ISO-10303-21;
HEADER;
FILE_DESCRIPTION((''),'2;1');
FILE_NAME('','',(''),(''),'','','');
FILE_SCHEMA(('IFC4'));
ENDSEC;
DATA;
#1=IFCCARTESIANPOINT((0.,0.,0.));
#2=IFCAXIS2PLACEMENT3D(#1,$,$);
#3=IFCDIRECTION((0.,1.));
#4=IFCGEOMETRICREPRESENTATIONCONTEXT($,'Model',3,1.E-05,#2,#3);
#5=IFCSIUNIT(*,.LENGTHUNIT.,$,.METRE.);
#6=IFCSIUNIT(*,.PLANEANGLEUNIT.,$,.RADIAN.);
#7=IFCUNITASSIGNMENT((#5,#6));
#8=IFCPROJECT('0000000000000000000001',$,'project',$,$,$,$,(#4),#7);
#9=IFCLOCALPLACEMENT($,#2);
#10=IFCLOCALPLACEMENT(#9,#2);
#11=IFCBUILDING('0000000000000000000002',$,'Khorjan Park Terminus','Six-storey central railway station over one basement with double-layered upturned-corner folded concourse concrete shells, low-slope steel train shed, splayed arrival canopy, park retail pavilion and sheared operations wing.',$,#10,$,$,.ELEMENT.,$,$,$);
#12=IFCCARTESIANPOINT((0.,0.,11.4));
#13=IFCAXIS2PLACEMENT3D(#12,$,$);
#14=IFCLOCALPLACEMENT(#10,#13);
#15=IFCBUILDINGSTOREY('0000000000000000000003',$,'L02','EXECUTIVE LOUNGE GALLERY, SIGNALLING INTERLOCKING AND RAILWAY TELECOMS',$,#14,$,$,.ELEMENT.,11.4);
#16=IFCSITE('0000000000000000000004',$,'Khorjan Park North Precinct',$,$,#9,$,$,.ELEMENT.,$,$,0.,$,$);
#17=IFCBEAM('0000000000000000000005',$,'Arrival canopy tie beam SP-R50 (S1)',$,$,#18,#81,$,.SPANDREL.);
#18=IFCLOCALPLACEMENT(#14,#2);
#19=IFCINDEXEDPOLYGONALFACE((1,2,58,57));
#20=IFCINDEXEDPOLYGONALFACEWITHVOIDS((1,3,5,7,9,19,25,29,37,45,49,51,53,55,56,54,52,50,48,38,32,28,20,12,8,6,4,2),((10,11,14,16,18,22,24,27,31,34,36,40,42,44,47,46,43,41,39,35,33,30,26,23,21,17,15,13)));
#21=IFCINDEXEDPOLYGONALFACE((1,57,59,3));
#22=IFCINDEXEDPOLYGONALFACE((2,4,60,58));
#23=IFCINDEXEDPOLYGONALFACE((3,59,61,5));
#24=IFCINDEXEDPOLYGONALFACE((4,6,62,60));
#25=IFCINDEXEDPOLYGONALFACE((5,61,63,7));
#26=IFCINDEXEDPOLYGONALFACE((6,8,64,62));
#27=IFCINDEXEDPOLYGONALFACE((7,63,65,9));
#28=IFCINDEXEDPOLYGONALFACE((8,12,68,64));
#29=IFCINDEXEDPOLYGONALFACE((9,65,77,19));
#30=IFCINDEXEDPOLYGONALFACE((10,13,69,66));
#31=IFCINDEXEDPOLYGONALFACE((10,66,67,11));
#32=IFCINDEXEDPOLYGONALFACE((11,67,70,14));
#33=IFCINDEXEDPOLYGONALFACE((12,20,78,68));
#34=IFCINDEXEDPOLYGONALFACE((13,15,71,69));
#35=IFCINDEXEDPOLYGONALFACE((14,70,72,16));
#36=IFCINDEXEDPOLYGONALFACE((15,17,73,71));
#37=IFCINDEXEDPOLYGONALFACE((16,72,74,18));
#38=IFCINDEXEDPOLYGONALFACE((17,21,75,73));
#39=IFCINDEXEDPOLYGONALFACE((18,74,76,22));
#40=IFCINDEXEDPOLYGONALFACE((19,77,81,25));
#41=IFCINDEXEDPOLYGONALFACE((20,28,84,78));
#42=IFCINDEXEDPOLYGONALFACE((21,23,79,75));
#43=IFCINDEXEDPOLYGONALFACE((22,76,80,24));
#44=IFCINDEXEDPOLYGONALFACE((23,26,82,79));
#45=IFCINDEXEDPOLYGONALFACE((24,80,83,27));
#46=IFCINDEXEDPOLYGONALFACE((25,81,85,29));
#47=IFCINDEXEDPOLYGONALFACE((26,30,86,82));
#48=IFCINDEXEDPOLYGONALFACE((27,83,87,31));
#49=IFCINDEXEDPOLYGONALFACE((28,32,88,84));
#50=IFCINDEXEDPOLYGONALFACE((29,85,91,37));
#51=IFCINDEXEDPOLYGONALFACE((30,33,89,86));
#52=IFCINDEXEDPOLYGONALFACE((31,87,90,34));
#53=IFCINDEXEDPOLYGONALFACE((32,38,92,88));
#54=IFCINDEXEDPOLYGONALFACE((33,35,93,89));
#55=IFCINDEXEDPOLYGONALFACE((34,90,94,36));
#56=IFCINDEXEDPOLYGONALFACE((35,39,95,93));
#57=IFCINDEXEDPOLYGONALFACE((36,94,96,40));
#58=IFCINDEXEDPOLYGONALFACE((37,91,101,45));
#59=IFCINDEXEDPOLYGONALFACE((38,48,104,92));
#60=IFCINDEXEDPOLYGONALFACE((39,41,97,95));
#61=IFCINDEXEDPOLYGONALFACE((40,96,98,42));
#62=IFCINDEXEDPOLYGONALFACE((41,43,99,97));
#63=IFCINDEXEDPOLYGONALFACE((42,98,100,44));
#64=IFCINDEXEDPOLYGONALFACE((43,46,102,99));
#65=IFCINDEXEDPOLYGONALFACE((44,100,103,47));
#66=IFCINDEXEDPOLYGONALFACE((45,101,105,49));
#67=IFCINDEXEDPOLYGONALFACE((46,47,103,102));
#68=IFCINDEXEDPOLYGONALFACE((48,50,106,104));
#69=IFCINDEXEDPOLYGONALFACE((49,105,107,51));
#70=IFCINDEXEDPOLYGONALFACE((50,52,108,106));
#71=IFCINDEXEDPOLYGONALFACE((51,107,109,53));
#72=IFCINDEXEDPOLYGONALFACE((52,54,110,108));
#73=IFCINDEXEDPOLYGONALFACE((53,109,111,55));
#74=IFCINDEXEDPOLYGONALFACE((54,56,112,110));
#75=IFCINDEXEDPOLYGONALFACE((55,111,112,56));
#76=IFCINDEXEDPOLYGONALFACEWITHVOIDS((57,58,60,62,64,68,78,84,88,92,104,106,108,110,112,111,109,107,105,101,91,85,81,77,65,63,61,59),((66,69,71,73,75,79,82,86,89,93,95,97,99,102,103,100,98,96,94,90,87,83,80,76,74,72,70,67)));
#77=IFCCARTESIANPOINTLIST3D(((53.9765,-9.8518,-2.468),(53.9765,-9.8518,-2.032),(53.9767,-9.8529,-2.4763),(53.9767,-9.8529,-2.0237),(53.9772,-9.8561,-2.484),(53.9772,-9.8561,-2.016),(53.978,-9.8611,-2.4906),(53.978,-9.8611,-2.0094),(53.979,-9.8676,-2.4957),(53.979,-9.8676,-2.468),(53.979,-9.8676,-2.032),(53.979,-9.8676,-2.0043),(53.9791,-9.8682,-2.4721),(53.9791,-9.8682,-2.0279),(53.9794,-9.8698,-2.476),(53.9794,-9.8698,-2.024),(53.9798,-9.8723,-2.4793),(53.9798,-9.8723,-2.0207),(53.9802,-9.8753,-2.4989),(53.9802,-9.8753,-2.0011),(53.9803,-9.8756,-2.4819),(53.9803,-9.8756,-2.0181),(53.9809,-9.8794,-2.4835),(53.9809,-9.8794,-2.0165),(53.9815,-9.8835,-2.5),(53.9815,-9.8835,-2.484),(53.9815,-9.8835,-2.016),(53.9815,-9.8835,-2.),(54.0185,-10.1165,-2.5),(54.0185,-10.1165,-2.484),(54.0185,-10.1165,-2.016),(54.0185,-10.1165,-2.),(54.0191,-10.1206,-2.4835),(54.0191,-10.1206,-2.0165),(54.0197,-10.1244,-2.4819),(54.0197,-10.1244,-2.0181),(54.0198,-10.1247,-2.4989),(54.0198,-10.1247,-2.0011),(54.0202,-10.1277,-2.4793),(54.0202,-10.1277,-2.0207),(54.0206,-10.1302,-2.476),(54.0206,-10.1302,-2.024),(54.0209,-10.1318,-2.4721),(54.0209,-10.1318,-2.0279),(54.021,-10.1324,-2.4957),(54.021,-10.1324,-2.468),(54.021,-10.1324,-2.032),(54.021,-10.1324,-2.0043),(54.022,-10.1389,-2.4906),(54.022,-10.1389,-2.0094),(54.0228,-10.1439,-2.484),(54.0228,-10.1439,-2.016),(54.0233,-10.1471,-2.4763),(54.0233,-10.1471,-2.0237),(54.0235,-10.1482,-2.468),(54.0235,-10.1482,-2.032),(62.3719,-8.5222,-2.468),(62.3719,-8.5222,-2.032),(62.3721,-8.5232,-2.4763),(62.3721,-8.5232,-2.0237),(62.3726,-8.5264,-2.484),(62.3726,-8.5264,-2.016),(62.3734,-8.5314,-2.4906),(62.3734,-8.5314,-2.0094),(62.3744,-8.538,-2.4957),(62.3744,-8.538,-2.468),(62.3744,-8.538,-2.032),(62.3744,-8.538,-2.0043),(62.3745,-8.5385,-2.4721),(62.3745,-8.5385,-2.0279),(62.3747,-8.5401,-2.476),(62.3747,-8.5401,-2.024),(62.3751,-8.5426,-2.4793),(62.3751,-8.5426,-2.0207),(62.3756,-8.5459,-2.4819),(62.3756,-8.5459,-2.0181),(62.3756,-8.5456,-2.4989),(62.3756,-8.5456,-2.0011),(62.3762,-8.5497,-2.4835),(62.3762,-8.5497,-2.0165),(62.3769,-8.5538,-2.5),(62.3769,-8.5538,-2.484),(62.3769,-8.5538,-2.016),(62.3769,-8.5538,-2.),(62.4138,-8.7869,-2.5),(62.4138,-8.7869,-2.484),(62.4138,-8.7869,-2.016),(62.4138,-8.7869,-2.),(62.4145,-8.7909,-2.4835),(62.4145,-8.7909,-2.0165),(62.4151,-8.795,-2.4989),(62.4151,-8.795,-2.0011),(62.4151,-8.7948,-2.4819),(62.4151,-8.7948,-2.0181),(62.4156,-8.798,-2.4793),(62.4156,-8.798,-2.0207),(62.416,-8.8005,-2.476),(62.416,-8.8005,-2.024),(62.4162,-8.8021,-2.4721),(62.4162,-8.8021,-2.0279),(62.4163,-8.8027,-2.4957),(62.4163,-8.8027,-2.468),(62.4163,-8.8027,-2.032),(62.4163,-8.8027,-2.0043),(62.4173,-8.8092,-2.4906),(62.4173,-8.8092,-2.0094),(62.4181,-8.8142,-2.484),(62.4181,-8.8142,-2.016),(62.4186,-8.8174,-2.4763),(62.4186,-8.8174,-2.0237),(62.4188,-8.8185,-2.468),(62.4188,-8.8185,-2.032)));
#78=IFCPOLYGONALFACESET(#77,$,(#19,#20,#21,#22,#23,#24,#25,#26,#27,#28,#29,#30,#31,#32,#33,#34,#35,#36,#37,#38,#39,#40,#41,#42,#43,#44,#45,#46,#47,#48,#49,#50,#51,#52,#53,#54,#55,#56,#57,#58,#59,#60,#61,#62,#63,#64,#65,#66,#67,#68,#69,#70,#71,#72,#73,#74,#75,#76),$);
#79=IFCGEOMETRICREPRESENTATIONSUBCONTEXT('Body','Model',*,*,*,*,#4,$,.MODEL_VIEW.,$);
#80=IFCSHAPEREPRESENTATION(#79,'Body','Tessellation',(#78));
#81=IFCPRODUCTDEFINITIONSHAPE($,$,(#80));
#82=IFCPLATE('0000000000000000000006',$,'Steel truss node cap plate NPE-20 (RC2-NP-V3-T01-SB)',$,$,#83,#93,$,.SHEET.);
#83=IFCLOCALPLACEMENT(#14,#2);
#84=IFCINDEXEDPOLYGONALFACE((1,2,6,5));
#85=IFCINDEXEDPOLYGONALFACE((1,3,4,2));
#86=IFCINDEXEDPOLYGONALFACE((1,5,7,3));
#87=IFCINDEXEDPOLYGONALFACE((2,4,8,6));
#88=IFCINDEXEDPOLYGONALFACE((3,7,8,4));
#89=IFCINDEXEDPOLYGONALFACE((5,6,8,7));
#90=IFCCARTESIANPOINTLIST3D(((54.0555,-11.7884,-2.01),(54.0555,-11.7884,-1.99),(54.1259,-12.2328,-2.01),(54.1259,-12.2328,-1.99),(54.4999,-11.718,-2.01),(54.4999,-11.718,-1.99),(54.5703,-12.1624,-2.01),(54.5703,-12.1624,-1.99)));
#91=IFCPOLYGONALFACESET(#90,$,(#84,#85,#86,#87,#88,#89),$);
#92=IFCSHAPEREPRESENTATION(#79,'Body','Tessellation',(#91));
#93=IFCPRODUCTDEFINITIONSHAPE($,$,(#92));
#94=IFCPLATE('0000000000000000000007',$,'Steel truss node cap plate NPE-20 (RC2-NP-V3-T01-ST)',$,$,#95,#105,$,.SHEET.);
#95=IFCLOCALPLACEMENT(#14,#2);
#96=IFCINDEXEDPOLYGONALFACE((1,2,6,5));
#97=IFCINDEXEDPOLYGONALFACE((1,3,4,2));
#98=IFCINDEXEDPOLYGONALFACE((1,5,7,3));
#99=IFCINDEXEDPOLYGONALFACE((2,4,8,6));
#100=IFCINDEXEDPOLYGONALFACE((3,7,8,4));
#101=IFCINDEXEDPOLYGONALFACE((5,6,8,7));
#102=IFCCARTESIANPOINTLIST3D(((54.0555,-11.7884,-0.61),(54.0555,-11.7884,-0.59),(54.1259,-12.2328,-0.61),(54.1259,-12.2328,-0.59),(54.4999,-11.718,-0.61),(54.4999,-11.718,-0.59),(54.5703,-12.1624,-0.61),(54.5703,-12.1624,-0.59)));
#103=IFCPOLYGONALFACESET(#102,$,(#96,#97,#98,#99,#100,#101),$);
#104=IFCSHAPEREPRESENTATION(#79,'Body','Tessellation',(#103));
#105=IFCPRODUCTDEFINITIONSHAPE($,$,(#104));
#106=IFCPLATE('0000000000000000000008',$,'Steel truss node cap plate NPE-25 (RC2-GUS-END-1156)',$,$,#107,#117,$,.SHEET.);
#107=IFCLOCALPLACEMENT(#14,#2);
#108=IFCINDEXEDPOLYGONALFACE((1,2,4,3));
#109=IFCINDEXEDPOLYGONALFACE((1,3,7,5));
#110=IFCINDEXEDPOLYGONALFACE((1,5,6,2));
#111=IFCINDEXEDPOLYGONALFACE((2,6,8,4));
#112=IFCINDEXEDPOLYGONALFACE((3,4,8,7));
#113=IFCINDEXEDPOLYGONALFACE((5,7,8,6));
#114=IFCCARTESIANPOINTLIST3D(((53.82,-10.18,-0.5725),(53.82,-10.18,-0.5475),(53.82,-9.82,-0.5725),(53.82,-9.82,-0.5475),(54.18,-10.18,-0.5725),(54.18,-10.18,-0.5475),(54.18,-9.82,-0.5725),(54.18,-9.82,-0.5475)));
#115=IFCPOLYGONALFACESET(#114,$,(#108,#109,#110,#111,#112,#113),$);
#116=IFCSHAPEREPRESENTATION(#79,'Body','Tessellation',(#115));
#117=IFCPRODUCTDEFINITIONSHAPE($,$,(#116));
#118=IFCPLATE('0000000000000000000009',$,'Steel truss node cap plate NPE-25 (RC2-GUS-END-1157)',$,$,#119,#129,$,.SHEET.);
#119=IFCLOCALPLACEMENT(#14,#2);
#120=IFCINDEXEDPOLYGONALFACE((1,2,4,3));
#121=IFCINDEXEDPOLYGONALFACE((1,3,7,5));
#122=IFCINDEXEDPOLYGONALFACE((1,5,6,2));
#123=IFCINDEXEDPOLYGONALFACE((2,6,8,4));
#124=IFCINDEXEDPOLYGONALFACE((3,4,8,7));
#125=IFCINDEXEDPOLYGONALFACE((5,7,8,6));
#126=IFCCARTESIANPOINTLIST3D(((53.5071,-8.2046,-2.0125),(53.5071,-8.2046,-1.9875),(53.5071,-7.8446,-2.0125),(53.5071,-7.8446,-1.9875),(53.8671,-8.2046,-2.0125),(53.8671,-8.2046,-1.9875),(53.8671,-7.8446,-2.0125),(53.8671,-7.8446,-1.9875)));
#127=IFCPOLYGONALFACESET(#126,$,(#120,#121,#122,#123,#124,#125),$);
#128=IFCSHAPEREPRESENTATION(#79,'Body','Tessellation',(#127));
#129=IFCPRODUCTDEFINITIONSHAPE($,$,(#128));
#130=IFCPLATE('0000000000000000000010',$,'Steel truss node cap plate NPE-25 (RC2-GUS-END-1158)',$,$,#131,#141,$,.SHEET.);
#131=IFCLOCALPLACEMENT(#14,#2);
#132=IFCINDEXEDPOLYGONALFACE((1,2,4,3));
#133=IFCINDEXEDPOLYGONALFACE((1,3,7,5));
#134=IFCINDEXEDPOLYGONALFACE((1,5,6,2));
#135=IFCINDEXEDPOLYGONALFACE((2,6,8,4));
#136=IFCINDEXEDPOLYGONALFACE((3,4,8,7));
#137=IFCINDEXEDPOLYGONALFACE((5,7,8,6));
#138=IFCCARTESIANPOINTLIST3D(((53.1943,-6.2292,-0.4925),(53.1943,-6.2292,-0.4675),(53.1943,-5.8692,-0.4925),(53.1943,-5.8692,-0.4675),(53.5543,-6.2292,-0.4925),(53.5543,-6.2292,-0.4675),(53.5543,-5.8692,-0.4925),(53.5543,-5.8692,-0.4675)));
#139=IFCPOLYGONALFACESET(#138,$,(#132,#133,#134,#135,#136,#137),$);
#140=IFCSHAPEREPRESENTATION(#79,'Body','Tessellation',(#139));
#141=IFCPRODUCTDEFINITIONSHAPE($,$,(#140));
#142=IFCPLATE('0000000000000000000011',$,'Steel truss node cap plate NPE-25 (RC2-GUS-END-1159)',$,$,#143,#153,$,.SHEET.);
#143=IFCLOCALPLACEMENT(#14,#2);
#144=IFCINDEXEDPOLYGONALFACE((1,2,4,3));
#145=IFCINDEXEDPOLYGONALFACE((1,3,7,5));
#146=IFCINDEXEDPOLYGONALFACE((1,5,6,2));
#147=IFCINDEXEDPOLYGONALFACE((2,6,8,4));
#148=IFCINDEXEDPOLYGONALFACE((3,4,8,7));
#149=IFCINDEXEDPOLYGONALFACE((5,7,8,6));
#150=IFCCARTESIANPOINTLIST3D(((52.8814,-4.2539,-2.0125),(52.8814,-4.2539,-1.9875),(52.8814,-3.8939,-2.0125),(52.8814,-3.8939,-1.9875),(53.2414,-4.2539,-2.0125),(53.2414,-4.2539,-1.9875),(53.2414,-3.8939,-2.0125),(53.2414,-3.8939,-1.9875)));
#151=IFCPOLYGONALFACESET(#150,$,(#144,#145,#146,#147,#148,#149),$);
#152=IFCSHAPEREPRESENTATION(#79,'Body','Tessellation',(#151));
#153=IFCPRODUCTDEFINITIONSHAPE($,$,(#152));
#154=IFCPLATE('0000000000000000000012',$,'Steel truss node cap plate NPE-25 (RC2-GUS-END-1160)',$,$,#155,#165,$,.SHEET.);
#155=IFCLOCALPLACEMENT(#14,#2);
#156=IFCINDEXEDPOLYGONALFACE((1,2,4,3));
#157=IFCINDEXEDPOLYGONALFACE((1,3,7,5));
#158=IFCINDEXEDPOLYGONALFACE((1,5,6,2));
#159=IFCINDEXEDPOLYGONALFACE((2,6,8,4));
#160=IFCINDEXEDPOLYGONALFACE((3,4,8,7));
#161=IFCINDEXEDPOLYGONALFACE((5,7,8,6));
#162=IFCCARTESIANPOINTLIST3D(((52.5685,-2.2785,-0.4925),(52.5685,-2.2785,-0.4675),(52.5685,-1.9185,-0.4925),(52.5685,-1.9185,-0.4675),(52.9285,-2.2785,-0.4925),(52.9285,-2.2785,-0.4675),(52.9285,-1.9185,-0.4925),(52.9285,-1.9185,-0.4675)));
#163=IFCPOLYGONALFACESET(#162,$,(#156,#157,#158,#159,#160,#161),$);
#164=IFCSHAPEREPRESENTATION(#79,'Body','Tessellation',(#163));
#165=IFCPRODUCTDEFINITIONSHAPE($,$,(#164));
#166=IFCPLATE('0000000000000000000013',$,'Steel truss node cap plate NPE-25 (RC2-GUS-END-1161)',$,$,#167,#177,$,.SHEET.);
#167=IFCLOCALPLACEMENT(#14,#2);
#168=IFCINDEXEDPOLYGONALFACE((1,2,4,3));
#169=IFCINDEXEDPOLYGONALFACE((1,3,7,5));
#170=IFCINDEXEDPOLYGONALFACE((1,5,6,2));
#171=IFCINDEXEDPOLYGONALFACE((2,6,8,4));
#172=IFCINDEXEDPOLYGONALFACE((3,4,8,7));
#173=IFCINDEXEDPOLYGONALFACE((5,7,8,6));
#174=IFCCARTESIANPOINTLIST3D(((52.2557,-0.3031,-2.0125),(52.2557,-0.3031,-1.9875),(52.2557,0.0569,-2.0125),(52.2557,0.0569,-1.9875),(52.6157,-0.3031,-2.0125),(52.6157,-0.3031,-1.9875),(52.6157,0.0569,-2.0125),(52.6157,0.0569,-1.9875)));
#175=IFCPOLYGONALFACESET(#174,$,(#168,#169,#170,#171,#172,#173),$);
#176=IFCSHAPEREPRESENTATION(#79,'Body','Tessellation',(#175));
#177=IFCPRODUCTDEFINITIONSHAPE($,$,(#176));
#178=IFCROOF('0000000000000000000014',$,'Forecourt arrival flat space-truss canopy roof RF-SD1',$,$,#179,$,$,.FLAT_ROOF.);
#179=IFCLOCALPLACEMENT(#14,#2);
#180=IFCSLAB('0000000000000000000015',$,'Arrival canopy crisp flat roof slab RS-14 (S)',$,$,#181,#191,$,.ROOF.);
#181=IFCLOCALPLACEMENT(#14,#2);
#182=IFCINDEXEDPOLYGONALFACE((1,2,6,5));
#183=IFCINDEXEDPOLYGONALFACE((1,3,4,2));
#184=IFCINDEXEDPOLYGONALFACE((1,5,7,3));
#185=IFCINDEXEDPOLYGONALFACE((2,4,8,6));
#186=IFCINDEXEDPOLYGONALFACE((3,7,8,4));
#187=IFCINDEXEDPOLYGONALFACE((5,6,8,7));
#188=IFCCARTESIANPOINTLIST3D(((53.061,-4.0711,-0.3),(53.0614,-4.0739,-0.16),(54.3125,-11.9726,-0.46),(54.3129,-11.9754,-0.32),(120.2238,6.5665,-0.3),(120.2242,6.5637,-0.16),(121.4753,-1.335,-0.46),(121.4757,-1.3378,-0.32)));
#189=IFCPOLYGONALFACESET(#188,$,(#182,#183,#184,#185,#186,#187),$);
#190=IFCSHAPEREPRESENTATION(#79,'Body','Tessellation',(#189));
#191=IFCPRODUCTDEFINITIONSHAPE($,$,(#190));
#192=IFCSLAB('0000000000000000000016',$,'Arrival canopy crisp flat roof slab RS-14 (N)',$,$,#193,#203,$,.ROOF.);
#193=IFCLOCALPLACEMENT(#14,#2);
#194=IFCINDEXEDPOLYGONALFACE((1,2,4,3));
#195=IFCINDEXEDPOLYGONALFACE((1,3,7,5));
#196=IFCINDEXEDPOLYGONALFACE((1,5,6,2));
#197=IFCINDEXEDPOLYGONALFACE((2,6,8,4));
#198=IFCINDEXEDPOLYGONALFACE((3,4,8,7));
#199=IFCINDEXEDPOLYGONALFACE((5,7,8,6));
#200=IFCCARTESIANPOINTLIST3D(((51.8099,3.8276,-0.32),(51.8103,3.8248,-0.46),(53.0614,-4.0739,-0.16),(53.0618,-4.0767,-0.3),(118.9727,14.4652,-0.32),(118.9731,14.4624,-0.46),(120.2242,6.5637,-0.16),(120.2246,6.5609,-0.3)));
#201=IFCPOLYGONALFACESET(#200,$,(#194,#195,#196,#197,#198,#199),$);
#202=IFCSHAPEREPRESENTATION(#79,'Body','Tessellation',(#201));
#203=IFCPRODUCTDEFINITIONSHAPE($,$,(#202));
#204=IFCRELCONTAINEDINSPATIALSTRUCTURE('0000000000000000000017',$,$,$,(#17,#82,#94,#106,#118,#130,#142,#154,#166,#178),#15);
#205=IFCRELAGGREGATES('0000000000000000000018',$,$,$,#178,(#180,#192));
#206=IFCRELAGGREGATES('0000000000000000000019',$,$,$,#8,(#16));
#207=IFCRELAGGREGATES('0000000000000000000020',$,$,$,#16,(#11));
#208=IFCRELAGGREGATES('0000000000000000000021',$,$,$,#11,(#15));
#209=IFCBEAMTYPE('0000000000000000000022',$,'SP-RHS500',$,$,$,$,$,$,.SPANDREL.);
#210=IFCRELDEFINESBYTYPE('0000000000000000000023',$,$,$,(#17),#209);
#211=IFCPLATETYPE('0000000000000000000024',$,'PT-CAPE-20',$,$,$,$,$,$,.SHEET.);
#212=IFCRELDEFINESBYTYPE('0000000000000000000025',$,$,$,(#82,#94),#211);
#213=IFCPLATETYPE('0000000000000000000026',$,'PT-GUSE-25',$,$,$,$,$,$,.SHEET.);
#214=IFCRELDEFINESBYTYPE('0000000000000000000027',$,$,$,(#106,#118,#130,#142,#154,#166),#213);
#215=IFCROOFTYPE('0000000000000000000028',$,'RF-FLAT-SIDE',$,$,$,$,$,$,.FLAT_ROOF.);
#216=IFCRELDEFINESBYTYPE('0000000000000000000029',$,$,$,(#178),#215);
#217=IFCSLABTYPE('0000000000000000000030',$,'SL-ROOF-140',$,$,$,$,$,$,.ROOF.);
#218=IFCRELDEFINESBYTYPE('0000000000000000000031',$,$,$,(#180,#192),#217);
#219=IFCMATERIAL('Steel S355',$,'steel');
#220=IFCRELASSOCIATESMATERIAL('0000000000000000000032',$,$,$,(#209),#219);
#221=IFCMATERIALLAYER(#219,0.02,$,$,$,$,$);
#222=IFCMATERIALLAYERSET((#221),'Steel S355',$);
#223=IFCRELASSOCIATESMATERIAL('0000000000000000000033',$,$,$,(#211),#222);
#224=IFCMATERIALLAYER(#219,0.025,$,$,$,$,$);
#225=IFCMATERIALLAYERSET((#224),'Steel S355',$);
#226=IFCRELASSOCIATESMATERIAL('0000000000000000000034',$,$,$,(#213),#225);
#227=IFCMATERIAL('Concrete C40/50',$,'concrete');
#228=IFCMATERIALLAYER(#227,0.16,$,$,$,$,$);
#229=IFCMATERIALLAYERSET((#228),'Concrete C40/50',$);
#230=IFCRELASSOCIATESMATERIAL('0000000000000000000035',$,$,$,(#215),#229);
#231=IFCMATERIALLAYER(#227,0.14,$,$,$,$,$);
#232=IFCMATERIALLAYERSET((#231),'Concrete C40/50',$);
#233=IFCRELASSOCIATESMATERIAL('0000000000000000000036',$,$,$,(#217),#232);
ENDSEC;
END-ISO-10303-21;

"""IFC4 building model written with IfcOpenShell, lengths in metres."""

from ifc_helpers import new_model, si_unit, direction, frame, origin, origin_2d, place, context, subcontext, project, spatial, polyline, rectangle, hollow_rectangle, outline, extrude, material, layer, layer_set, material_profile, profile_set, type_object, element, aggregate, save


model = new_model("IFC4")

# Units and contexts
model_context = context("Model", 3, precision=1e-05, world=origin(), true_north=direction((0.0, 1.0)))
body_context = subcontext(model_context, "Body", "Model", "MODEL_VIEW")
ifc_project = project(units=[si_unit("LENGTHUNIT", "METRE"), si_unit("PLANEANGLEUNIT", "RADIAN")], contexts=[model_context])

# Site, building, storey
site_placement = place(None, origin())
site = spatial("IfcSite", under=ifc_project, at=site_placement, Name="Khorjan Park North Precinct", CompositionType="ELEMENT", RefElevation=0.0)
building_placement = place(site_placement, origin())
building = spatial("IfcBuilding", under=site, at=building_placement, Name="Khorjan Park Terminus", Description="Six-storey central railway station over one basement with double-layered upturned-corner folded concourse concrete shells, low-slope steel train shed, splayed arrival canopy, park retail pavilion and sheared operations wing.", CompositionType="ELEMENT")
storey_placement = place(building_placement, frame((0.0, 0.0, 11.4)))
storey = spatial("IfcBuildingStorey", under=building, at=storey_placement, Name="L02", Description="EXECUTIVE LOUNGE GALLERY, SIGNALLING INTERLOCKING AND RAILWAY TELECOMS", CompositionType="ELEMENT", Elevation=11.4)

# Shared definitions
ifc_material_1 = material(Name="Steel S355", Category="steel")

# Beam
ifc_material_profile_1 = material_profile(ifc_material_1, hollow_rectangle(XDim=0.3, YDim=0.5, WallThickness=0.016, InnerFilletRadius=0.016, OuterFilletRadius=0.032, at=origin_2d()), Name="RHS 500x300x16")
ifc_profile_set_1 = profile_set([ifc_material_profile_1], Name="Steel S355")
beam_type = type_object("IfcBeamType", Name="SP-RHS500", PredefinedType="SPANDREL", material=ifc_profile_set_1)
beam_placement = place(storey_placement, frame((54.0, -10.0, -2.25), z_axis=(0.987688, 0.156434, 0.0), x_axis=(-0.156434, 0.987688, 0.0)))
element("IfcBeam", 1, at=beam_placement, inside=storey, type_object=beam_type, Name="Arrival canopy tie beam SP-R50 (S1)", PredefinedType="SPANDREL", context=body_context, shape_type="SweptSolid", body=[
    extrude(hollow_rectangle(XDim=0.3, YDim=0.5, WallThickness=0.016, InnerFilletRadius=0.016, OuterFilletRadius=0.032, at=origin_2d()), origin(), (0.0, 0.0, 1.0), 8.5),
])

# Plates
ifc_layer_1 = layer(ifc_material_1, 0.02)
ifc_layer_set_1 = layer_set([ifc_layer_1], Name="Steel S355")
plate_type_1 = type_object("IfcPlateType", Name="PT-CAPE-20", PredefinedType="SHEET", material=ifc_layer_set_1)
for number, where, z_axis, x_axis, name in (
    (2, (54.3129, -11.9754, -2.01), (0.0, 0.0, 1.0), (0.987688, 0.156434, 0.0), "Steel truss node cap plate NPE-20 (RC2-NP-V3-T01-SB)"),
    (3, (54.3129, -11.9754, -0.61), (0.0, 0.0, 1.0), (0.987688, 0.156434, 0.0), "Steel truss node cap plate NPE-20 (RC2-NP-V3-T01-ST)"),
):
    element("IfcPlate", number, at=place(storey_placement, frame(where, z_axis=z_axis, x_axis=x_axis)), inside=storey, type_object=plate_type_1, Name=name, PredefinedType="SHEET", context=body_context, shape_type="SweptSolid", body=[
        extrude(rectangle(XDim=0.45, YDim=0.45, at=origin_2d()), origin(), (0.0, 0.0, 1.0), 0.02),
    ])
ifc_layer_2 = layer(ifc_material_1, 0.025)
ifc_layer_set_2 = layer_set([ifc_layer_2], Name="Steel S355")
plate_type_2 = type_object("IfcPlateType", Name="PT-GUSE-25", PredefinedType="SHEET", material=ifc_layer_set_2)
for number, where, z_axis, x_axis, name in (
    (4, (54.0, -10.0, -0.5725), (0.0, 0.0, 1.0), (1.0, 0.0, 0.0), "Steel truss node cap plate NPE-25 (RC2-GUS-END-1156)"),
    (5, (53.6871, -8.0246, -2.0125), (0.0, 0.0, 1.0), (1.0, 0.0, 0.0), "Steel truss node cap plate NPE-25 (RC2-GUS-END-1157)"),
    (6, (53.3743, -6.0492, -0.4925), (0.0, 0.0, 1.0), (1.0, 0.0, 0.0), "Steel truss node cap plate NPE-25 (RC2-GUS-END-1158)"),
    (7, (53.0614, -4.0739, -2.0125), (0.0, 0.0, 1.0), (1.0, 0.0, 0.0), "Steel truss node cap plate NPE-25 (RC2-GUS-END-1159)"),
    (8, (52.7485, -2.0985, -0.4925), (0.0, 0.0, 1.0), (1.0, 0.0, 0.0), "Steel truss node cap plate NPE-25 (RC2-GUS-END-1160)"),
    (9, (52.4357, -0.1231, -2.0125), (0.0, 0.0, 1.0), (1.0, 0.0, 0.0), "Steel truss node cap plate NPE-25 (RC2-GUS-END-1161)"),
):
    element("IfcPlate", number, at=place(storey_placement, frame(where, z_axis=z_axis, x_axis=x_axis)), inside=storey, type_object=plate_type_2, Name=name, PredefinedType="SHEET", context=body_context, shape_type="SweptSolid", body=[
        extrude(rectangle(XDim=0.36, YDim=0.36, at=origin_2d()), origin(), (0.0, 0.0, 1.0), 0.025),
    ])

# Roof, slabs
ifc_material_2 = material(Name="Concrete C40/50", Category="concrete")
ifc_layer_3 = layer(ifc_material_2, 0.16)
ifc_layer_set_3 = layer_set([ifc_layer_3], Name="Concrete C40/50")
roof_type = type_object("IfcRoofType", Name="RF-FLAT-SIDE", PredefinedType="FLAT_ROOF", material=ifc_layer_set_3)
roof_placement = place(storey_placement, origin())
roof = element("IfcRoof", 10, at=roof_placement, inside=storey, type_object=roof_type, Name="Forecourt arrival flat space-truss canopy roof RF-SD1", PredefinedType="FLAT_ROOF")
ifc_layer_4 = layer(ifc_material_2, 0.14)
ifc_layer_set_4 = layer_set([ifc_layer_4], Name="Concrete C40/50")
slab_type = type_object("IfcSlabType", Name="SL-ROOF-140", PredefinedType="ROOF", material=ifc_layer_set_4)
slab_1_placement = place(storey_placement, frame((54.3129, -11.9754, -0.32), z_axis=(0.003128, -0.01975, 0.9998), x_axis=(0.987688, 0.156435, 0.0)))
slab_1 = element("IfcSlab", 11, at=slab_1_placement, type_object=slab_type, Name="Arrival canopy crisp flat roof slab RS-14 (S)", PredefinedType="ROOF", context=body_context, shape_type="SweptSolid", body=[
    extrude(outline(polyline([(0.0, 0.0), (68.0, 0.0), (68.0, 8.0016), (0.0, 8.0016), (0.0, 0.0)])), origin(), (0.0, 0.0, -1.0), 0.14),
])
slab_2_placement = place(storey_placement, frame((53.0614, -4.0739, -0.16), z_axis=(-0.003128, 0.01975, 0.9998), x_axis=(0.987688, 0.156435, 0.0)))
slab_2 = element("IfcSlab", 12, at=slab_2_placement, type_object=slab_type, Name="Arrival canopy crisp flat roof slab RS-14 (N)", PredefinedType="ROOF", context=body_context, shape_type="SweptSolid", body=[
    extrude(outline(polyline([(0.0, 0.0), (68.0, 0.0), (68.0, 8.0016), (0.0, 8.0016), (0.0, 0.0)])), origin(), (0.0, 0.0, -1.0), 0.14),
])
aggregate(roof, [slab_1, slab_2])

save(model, "model.ifc")
